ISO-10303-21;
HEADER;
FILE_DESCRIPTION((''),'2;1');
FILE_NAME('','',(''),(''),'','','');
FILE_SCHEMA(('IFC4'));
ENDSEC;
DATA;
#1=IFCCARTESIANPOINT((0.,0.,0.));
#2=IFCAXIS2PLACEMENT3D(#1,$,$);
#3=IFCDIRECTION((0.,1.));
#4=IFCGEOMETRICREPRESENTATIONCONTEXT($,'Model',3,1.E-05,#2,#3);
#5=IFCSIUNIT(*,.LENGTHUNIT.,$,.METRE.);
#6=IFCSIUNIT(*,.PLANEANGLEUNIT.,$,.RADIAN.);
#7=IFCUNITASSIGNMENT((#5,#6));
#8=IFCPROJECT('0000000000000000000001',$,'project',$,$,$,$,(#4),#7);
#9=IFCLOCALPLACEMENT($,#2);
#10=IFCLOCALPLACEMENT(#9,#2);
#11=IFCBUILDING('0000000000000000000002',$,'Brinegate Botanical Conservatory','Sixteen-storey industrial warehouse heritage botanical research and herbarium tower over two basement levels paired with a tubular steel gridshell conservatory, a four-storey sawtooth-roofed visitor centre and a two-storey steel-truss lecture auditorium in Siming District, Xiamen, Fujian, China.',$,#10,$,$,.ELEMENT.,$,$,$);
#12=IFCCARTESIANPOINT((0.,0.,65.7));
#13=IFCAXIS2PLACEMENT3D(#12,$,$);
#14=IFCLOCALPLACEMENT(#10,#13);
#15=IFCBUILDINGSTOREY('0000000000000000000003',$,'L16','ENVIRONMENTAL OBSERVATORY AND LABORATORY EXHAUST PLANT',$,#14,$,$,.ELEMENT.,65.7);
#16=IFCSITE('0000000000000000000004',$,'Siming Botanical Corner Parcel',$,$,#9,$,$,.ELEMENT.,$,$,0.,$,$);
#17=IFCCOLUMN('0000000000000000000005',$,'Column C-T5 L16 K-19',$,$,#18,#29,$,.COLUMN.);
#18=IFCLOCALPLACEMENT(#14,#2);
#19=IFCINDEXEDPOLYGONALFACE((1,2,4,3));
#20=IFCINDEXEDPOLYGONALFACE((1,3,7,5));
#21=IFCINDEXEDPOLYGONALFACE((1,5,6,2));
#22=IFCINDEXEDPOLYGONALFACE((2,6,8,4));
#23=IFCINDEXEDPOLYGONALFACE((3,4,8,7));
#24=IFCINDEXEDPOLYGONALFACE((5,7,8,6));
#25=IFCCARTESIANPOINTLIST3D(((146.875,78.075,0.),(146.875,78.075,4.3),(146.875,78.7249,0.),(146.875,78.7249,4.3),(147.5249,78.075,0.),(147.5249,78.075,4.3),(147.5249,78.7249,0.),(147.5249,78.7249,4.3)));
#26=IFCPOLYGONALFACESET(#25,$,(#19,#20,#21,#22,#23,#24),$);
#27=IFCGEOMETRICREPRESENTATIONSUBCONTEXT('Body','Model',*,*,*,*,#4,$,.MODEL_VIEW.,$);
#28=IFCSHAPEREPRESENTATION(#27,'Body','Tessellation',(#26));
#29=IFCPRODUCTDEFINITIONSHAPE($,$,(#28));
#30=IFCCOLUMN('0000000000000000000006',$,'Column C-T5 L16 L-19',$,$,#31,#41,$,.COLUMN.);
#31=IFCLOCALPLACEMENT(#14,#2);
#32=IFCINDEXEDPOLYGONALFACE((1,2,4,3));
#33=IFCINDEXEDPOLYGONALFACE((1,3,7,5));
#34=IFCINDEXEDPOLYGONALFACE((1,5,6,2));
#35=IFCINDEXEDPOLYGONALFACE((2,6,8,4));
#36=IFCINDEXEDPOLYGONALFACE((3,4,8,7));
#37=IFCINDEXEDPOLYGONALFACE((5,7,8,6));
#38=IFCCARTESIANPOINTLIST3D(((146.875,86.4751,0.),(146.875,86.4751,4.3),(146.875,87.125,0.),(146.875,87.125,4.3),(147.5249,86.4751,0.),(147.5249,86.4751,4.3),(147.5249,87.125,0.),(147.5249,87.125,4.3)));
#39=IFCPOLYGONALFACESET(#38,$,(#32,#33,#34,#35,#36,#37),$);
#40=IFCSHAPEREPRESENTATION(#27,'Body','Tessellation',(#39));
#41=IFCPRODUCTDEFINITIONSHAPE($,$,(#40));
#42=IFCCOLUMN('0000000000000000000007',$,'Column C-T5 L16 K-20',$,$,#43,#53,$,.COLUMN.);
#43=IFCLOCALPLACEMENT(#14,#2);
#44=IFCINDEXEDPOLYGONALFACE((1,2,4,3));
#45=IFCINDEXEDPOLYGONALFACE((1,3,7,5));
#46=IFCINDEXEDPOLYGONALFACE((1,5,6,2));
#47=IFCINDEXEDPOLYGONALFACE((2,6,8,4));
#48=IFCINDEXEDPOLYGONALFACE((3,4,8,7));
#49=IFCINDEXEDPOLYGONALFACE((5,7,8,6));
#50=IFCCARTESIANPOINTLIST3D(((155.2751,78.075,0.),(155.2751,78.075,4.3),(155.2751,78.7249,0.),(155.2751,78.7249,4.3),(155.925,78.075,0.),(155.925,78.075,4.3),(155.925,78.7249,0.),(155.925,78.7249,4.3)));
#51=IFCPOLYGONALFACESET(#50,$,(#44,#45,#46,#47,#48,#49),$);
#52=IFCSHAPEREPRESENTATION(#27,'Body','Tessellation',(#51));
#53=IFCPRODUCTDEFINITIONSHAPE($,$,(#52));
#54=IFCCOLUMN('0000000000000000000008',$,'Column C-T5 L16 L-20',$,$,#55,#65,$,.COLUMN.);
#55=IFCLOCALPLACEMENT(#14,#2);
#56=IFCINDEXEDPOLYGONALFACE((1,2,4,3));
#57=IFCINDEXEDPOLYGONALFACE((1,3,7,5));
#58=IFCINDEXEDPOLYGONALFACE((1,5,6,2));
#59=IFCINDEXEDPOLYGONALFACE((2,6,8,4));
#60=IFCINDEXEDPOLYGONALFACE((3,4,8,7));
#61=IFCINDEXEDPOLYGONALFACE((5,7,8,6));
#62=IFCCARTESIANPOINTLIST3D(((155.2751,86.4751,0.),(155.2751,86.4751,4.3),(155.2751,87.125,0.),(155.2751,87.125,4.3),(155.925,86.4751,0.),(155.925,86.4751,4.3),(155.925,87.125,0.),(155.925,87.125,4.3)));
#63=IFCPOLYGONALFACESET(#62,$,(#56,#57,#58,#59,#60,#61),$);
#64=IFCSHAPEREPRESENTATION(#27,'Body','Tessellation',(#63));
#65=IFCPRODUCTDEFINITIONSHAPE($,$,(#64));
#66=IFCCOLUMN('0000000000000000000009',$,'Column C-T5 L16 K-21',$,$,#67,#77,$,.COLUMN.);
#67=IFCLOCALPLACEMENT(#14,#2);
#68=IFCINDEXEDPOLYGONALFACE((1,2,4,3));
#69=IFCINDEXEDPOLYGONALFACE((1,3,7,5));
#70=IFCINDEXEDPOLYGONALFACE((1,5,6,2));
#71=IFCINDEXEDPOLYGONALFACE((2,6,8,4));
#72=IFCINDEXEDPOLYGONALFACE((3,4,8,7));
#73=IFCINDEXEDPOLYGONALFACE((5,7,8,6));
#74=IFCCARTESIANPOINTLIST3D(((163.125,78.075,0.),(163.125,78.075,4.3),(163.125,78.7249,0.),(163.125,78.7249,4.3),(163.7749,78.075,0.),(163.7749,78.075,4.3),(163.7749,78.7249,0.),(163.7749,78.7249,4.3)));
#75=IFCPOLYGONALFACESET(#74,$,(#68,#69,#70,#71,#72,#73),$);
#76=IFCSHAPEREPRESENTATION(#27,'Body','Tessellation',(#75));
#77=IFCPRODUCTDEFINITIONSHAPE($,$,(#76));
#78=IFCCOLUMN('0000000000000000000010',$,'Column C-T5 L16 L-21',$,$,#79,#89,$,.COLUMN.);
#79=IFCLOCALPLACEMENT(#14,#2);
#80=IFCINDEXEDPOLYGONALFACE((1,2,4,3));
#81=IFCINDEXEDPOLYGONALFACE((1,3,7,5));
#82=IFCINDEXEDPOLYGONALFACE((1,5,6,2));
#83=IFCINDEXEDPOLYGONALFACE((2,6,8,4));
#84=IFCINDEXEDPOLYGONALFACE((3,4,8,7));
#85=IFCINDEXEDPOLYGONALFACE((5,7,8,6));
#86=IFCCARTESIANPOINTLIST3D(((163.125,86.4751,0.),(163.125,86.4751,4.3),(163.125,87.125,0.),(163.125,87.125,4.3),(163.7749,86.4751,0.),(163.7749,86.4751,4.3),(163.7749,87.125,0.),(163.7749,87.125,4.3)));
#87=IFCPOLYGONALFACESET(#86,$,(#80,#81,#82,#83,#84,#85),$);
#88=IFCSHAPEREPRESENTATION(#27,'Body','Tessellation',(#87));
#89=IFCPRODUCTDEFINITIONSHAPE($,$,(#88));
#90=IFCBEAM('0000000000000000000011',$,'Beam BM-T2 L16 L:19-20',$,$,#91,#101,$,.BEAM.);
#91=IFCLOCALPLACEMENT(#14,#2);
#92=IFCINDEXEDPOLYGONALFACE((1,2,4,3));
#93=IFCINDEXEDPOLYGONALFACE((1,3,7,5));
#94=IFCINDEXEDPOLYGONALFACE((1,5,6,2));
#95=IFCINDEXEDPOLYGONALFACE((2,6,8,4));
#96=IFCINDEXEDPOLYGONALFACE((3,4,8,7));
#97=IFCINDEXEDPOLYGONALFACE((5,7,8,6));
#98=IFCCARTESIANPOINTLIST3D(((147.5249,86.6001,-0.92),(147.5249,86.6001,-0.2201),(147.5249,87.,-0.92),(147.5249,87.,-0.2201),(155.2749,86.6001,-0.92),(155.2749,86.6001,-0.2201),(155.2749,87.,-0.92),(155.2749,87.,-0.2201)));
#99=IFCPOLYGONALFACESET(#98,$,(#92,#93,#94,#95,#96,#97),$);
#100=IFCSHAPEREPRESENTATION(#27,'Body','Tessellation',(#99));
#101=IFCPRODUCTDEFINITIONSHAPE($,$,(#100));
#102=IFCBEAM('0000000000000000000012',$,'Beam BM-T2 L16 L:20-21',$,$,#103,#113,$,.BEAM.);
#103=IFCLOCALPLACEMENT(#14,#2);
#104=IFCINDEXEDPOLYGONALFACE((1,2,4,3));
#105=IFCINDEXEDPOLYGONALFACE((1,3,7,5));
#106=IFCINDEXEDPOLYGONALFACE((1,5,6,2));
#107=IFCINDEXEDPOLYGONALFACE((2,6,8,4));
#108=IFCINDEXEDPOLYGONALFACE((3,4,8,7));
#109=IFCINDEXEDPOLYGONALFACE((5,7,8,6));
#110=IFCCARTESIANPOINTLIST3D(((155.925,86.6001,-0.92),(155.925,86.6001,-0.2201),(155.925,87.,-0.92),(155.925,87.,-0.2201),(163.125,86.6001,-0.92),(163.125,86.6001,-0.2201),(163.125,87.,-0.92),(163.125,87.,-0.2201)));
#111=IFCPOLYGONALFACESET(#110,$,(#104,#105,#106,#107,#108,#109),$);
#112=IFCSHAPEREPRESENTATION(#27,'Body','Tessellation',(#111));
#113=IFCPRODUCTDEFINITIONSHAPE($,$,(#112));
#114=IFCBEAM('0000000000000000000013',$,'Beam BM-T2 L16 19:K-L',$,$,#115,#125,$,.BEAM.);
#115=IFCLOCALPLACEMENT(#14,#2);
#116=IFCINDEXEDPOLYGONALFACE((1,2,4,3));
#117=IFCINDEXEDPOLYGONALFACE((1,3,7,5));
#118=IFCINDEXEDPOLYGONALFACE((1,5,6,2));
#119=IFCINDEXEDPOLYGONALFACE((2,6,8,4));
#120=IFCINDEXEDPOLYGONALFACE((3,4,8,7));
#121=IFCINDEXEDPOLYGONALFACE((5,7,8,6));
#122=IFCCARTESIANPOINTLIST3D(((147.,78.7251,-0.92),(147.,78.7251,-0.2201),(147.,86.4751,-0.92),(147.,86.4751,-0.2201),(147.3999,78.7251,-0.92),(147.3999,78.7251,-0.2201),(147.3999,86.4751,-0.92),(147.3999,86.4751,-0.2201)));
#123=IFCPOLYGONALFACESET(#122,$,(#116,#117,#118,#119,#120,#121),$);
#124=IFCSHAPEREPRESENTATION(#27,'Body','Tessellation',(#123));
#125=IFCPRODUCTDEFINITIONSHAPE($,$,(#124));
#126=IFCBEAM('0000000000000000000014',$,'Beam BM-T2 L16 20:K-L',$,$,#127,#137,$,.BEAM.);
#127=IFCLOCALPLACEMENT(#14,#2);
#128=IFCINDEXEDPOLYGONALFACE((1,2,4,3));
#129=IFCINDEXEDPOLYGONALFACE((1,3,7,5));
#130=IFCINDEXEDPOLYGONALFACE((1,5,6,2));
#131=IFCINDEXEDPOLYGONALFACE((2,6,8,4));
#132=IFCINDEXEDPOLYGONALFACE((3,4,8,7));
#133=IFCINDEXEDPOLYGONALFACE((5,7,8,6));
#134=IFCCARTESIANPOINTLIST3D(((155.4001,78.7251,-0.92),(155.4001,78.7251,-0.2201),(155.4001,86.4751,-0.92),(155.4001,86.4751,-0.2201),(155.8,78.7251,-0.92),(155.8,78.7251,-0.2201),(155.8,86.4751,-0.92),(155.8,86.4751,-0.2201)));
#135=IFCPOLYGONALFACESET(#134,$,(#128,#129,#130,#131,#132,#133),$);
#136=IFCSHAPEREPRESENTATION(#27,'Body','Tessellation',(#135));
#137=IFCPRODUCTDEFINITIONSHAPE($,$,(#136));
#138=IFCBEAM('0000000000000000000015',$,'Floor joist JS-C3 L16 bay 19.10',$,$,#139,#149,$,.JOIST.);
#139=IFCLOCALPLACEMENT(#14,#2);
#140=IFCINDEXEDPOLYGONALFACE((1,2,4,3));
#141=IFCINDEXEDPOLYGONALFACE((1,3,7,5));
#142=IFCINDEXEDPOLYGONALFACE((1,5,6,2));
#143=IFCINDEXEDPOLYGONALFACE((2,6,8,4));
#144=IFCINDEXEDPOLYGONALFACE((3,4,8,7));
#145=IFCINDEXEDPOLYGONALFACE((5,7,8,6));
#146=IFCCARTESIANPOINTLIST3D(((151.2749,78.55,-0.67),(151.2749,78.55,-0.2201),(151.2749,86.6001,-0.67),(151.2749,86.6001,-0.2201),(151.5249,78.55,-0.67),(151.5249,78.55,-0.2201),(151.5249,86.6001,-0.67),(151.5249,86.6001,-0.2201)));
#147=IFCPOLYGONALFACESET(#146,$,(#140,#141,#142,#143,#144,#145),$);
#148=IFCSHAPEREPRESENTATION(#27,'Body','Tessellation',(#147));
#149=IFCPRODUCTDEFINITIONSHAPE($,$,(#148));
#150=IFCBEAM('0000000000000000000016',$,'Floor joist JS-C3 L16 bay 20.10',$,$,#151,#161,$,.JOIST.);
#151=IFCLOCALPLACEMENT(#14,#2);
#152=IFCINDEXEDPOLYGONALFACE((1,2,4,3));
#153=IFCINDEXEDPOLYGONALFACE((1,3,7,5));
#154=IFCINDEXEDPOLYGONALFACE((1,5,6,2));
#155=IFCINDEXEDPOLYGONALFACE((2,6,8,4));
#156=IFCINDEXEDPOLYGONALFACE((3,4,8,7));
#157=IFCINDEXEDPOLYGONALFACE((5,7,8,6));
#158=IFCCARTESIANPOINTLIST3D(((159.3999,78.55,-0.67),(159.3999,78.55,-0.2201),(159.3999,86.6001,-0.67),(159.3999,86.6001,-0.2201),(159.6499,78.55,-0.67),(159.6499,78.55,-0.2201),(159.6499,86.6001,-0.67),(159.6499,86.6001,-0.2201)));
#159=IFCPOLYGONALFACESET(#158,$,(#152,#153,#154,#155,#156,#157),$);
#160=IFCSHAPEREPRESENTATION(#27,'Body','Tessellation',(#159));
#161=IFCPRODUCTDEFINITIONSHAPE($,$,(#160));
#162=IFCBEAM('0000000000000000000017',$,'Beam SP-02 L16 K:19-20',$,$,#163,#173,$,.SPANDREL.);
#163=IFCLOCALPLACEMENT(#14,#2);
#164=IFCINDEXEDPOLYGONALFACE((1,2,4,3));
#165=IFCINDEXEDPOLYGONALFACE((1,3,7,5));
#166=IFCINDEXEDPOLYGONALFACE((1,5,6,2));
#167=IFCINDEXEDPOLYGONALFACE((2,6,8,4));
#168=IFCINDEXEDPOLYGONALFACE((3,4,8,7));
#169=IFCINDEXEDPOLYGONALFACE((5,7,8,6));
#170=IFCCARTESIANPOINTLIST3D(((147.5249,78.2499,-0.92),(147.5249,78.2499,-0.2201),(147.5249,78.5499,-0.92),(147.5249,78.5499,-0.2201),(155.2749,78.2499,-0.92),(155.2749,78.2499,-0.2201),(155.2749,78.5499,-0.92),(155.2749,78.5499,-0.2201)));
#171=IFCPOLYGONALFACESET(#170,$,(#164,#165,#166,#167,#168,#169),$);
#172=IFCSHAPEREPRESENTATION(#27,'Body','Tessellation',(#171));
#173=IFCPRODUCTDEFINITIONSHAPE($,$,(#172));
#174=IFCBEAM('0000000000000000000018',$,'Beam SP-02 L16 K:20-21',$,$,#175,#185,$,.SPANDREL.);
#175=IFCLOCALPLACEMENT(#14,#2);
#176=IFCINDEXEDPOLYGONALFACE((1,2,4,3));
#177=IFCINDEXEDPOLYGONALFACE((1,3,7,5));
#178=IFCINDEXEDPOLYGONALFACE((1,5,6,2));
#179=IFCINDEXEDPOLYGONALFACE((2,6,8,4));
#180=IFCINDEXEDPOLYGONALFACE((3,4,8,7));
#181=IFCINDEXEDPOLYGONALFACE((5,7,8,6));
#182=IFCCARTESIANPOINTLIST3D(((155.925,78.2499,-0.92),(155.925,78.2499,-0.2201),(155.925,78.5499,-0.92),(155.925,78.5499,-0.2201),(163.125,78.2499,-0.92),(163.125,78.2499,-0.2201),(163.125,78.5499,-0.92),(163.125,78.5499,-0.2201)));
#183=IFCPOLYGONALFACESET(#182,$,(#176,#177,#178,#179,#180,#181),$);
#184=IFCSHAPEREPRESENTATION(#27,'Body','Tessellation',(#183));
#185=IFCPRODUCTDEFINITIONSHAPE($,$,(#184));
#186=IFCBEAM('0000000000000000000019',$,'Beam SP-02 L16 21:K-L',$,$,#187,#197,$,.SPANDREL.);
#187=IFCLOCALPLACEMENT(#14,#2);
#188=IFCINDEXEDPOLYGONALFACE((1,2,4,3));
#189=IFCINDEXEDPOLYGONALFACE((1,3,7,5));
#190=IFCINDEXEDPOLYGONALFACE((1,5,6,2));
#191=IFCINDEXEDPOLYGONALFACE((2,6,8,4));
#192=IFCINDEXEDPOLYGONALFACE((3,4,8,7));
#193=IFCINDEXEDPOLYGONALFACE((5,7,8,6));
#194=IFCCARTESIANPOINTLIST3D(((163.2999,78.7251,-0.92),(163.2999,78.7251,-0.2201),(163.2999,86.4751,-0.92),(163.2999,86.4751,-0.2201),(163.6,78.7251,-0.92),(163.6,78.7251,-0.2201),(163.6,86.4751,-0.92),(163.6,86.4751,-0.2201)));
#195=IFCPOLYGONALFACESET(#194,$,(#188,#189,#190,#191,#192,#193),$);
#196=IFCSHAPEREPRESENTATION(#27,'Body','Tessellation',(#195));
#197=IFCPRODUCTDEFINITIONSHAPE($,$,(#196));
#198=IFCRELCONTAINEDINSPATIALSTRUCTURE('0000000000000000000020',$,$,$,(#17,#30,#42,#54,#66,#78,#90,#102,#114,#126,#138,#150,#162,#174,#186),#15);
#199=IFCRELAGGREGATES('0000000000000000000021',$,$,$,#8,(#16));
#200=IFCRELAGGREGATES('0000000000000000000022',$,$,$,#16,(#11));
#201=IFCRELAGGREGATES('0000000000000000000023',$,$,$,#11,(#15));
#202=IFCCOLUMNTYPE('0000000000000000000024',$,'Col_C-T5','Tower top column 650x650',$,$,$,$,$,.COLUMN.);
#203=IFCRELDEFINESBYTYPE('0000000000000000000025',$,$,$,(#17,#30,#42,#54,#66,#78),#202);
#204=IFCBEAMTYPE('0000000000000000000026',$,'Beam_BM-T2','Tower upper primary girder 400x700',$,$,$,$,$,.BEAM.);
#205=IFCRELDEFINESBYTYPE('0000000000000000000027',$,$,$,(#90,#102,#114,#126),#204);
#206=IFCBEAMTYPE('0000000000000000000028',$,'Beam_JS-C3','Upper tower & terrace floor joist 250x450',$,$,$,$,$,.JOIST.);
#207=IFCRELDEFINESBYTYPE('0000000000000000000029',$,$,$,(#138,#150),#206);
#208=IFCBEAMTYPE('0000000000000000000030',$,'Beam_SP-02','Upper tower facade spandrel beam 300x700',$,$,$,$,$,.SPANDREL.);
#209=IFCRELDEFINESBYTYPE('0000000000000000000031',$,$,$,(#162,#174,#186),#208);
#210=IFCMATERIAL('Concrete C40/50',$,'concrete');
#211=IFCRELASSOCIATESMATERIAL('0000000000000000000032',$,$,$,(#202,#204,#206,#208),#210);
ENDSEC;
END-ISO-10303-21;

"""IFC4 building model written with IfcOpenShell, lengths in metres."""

from ifc_helpers import new_model, si_unit, direction, frame, origin, origin_2d, place, context, subcontext, project, spatial, rectangle, extrude, material, material_profile, profile_set, type_object, element, save


model = new_model("IFC4")

# Units and contexts
model_context = context("Model", 3, precision=1e-05, world=origin(), true_north=direction((0.0, 1.0)))
body_context = subcontext(model_context, "Body", "Model", "MODEL_VIEW")
ifc_project = project(units=[si_unit("LENGTHUNIT", "METRE"), si_unit("PLANEANGLEUNIT", "RADIAN")], contexts=[model_context])

# Site, building, storey
site_placement = place(None, origin())
site = spatial("IfcSite", under=ifc_project, at=site_placement, Name="Siming Botanical Corner Parcel", CompositionType="ELEMENT", RefElevation=0.0)
building_placement = place(site_placement, origin())
building = spatial("IfcBuilding", under=site, at=building_placement, Name="Brinegate Botanical Conservatory", Description="Sixteen-storey industrial warehouse heritage botanical research and herbarium tower over two basement levels paired with a tubular steel gridshell conservatory, a four-storey sawtooth-roofed visitor centre and a two-storey steel-truss lecture auditorium in Siming District, Xiamen, Fujian, China.", CompositionType="ELEMENT")
storey_placement = place(building_placement, frame((0.0, 0.0, 65.7)))
storey = spatial("IfcBuildingStorey", under=building, at=storey_placement, Name="L16", Description="ENVIRONMENTAL OBSERVATORY AND LABORATORY EXHAUST PLANT", CompositionType="ELEMENT", Elevation=65.7)

# Columns
ifc_material_1 = material(Name="Concrete C40/50", Category="concrete")
ifc_material_profile_1 = material_profile(ifc_material_1, rectangle(XDim=0.6499, YDim=0.6499, at=origin_2d()), Name="RC COL 650x650")
ifc_profile_set_1 = profile_set([ifc_material_profile_1], Name="Concrete C40/50")
column_type = type_object("IfcColumnType", Name="Col_C-T5", Description="Tower top column 650x650", PredefinedType="COLUMN", material=ifc_profile_set_1)
for number, where, z_axis, x_axis, name in (
    (1, (147.2, 78.3999, 0.0), (0.0, 0.0, 1.0), (1.0, 0.0, 0.0), "Column C-T5 L16 K-19"),
    (2, (147.2, 86.8, 0.0), (0.0, 0.0, 1.0), (1.0, 0.0, 0.0), "Column C-T5 L16 L-19"),
    (3, (155.6001, 78.3999, 0.0), (0.0, 0.0, 1.0), (1.0, 0.0, 0.0), "Column C-T5 L16 K-20"),
    (4, (155.6001, 86.8, 0.0), (0.0, 0.0, 1.0), (1.0, 0.0, 0.0), "Column C-T5 L16 L-20"),
    (5, (163.45, 78.3999, 0.0), (0.0, 0.0, 1.0), (1.0, 0.0, 0.0), "Column C-T5 L16 K-21"),
    (6, (163.45, 86.8, 0.0), (0.0, 0.0, 1.0), (1.0, 0.0, 0.0), "Column C-T5 L16 L-21"),
):
    element("IfcColumn", number, at=place(storey_placement, frame(where, z_axis=z_axis, x_axis=x_axis)), inside=storey, type_object=column_type, Name=name, PredefinedType="COLUMN", context=body_context, shape_type="SweptSolid", body=[
        extrude(rectangle(XDim=0.6499, YDim=0.6499, at=origin_2d()), origin(), (0.0, 0.0, 1.0), 4.3),
    ])

# Beams
ifc_material_profile_2 = material_profile(ifc_material_1, rectangle(XDim=0.3999, YDim=0.7, at=origin_2d()), Name="RC BM 400x700")
ifc_profile_set_2 = profile_set([ifc_material_profile_2], Name="Concrete C40/50")
beam_type_1 = type_object("IfcBeamType", Name="Beam_BM-T2", Description="Tower upper primary girder 400x700", PredefinedType="BEAM", material=ifc_profile_set_2)
beam_1_placement = place(storey_placement, frame((147.5249, 86.8, -0.5701), z_axis=(1.0, 0.0, 0.0), x_axis=(0.0, 1.0, 0.0)))
element("IfcBeam", 7, at=beam_1_placement, inside=storey, type_object=beam_type_1, Name="Beam BM-T2 L16 L:19-20", PredefinedType="BEAM", context=body_context, shape_type="SweptSolid", body=[
    extrude(rectangle(XDim=0.3999, YDim=0.7, at=origin_2d()), origin(), (0.0, 0.0, 1.0), 7.75),
])
beam_2_placement = place(storey_placement, frame((155.925, 86.8, -0.5701), z_axis=(1.0, 0.0, 0.0), x_axis=(0.0, 1.0, 0.0)))
element("IfcBeam", 8, at=beam_2_placement, inside=storey, type_object=beam_type_1, Name="Beam BM-T2 L16 L:20-21", PredefinedType="BEAM", context=body_context, shape_type="SweptSolid", body=[
    extrude(rectangle(XDim=0.3999, YDim=0.7, at=origin_2d()), origin(), (0.0, 0.0, 1.0), 7.2),
])
for number, where, z_axis, x_axis, name in (
    (9, (147.2, 78.7251, -0.5701), (0.0, 1.0, 0.0), (-1.0, 0.0, 0.0), "Beam BM-T2 L16 19:K-L"),
    (10, (155.6001, 78.7251, -0.5701), (0.0, 1.0, 0.0), (-1.0, 0.0, 0.0), "Beam BM-T2 L16 20:K-L"),
):
    element("IfcBeam", number, at=place(storey_placement, frame(where, z_axis=z_axis, x_axis=x_axis)), inside=storey, type_object=beam_type_1, Name=name, PredefinedType="BEAM", context=body_context, shape_type="SweptSolid", body=[
        extrude(rectangle(XDim=0.3999, YDim=0.7, at=origin_2d()), origin(), (0.0, 0.0, 1.0), 7.75),
    ])
ifc_material_profile_3 = material_profile(ifc_material_1, rectangle(XDim=0.25, YDim=0.45, at=origin_2d()), Name="RC JST 250x450")
ifc_profile_set_3 = profile_set([ifc_material_profile_3], Name="Concrete C40/50")
beam_type_2 = type_object("IfcBeamType", Name="Beam_JS-C3", Description="Upper tower & terrace floor joist 250x450", PredefinedType="JOIST", material=ifc_profile_set_3)
for number, where, z_axis, x_axis, name in (
    (11, (151.3999, 78.55, -0.4451), (0.0, 1.0, 0.0), (-1.0, 0.0, 0.0), "Floor joist JS-C3 L16 bay 19.10"),
    (12, (159.5249, 78.55, -0.4451), (0.0, 1.0, 0.0), (-1.0, 0.0, 0.0), "Floor joist JS-C3 L16 bay 20.10"),
):
    element("IfcBeam", number, at=place(storey_placement, frame(where, z_axis=z_axis, x_axis=x_axis)), inside=storey, type_object=beam_type_2, Name=name, PredefinedType="JOIST", context=body_context, shape_type="SweptSolid", body=[
        extrude(rectangle(XDim=0.25, YDim=0.45, at=origin_2d()), origin(), (0.0, 0.0, 1.0), 8.05),
    ])
ifc_material_profile_4 = material_profile(ifc_material_1, rectangle(XDim=0.3, YDim=0.7, at=origin_2d()), Name="RC SPN 300x700")
ifc_profile_set_4 = profile_set([ifc_material_profile_4], Name="Concrete C40/50")
beam_type_3 = type_object("IfcBeamType", Name="Beam_SP-02", Description="Upper tower facade spandrel beam 300x700", PredefinedType="SPANDREL", material=ifc_profile_set_4)
beam_3_placement = place(storey_placement, frame((147.5249, 78.3999, -0.5701), z_axis=(1.0, 0.0, 0.0), x_axis=(0.0, 1.0, 0.0)))
element("IfcBeam", 13, at=beam_3_placement, inside=storey, type_object=beam_type_3, Name="Beam SP-02 L16 K:19-20", PredefinedType="SPANDREL", context=body_context, shape_type="SweptSolid", body=[
    extrude(rectangle(XDim=0.3, YDim=0.7, at=origin_2d()), origin(), (0.0, 0.0, 1.0), 7.75),
])
beam_4_placement = place(storey_placement, frame((155.925, 78.3999, -0.5701), z_axis=(1.0, 0.0, 0.0), x_axis=(0.0, 1.0, 0.0)))
element("IfcBeam", 14, at=beam_4_placement, inside=storey, type_object=beam_type_3, Name="Beam SP-02 L16 K:20-21", PredefinedType="SPANDREL", context=body_context, shape_type="SweptSolid", body=[
    extrude(rectangle(XDim=0.3, YDim=0.7, at=origin_2d()), origin(), (0.0, 0.0, 1.0), 7.2),
])
beam_5_placement = place(storey_placement, frame((163.45, 78.7251, -0.5701), z_axis=(0.0, 1.0, 0.0), x_axis=(-1.0, 0.0, 0.0)))
element("IfcBeam", 15, at=beam_5_placement, inside=storey, type_object=beam_type_3, Name="Beam SP-02 L16 21:K-L", PredefinedType="SPANDREL", context=body_context, shape_type="SweptSolid", body=[
    extrude(rectangle(XDim=0.3, YDim=0.7, at=origin_2d()), origin(), (0.0, 0.0, 1.0), 7.75),
])

save(model, "model.ifc")
